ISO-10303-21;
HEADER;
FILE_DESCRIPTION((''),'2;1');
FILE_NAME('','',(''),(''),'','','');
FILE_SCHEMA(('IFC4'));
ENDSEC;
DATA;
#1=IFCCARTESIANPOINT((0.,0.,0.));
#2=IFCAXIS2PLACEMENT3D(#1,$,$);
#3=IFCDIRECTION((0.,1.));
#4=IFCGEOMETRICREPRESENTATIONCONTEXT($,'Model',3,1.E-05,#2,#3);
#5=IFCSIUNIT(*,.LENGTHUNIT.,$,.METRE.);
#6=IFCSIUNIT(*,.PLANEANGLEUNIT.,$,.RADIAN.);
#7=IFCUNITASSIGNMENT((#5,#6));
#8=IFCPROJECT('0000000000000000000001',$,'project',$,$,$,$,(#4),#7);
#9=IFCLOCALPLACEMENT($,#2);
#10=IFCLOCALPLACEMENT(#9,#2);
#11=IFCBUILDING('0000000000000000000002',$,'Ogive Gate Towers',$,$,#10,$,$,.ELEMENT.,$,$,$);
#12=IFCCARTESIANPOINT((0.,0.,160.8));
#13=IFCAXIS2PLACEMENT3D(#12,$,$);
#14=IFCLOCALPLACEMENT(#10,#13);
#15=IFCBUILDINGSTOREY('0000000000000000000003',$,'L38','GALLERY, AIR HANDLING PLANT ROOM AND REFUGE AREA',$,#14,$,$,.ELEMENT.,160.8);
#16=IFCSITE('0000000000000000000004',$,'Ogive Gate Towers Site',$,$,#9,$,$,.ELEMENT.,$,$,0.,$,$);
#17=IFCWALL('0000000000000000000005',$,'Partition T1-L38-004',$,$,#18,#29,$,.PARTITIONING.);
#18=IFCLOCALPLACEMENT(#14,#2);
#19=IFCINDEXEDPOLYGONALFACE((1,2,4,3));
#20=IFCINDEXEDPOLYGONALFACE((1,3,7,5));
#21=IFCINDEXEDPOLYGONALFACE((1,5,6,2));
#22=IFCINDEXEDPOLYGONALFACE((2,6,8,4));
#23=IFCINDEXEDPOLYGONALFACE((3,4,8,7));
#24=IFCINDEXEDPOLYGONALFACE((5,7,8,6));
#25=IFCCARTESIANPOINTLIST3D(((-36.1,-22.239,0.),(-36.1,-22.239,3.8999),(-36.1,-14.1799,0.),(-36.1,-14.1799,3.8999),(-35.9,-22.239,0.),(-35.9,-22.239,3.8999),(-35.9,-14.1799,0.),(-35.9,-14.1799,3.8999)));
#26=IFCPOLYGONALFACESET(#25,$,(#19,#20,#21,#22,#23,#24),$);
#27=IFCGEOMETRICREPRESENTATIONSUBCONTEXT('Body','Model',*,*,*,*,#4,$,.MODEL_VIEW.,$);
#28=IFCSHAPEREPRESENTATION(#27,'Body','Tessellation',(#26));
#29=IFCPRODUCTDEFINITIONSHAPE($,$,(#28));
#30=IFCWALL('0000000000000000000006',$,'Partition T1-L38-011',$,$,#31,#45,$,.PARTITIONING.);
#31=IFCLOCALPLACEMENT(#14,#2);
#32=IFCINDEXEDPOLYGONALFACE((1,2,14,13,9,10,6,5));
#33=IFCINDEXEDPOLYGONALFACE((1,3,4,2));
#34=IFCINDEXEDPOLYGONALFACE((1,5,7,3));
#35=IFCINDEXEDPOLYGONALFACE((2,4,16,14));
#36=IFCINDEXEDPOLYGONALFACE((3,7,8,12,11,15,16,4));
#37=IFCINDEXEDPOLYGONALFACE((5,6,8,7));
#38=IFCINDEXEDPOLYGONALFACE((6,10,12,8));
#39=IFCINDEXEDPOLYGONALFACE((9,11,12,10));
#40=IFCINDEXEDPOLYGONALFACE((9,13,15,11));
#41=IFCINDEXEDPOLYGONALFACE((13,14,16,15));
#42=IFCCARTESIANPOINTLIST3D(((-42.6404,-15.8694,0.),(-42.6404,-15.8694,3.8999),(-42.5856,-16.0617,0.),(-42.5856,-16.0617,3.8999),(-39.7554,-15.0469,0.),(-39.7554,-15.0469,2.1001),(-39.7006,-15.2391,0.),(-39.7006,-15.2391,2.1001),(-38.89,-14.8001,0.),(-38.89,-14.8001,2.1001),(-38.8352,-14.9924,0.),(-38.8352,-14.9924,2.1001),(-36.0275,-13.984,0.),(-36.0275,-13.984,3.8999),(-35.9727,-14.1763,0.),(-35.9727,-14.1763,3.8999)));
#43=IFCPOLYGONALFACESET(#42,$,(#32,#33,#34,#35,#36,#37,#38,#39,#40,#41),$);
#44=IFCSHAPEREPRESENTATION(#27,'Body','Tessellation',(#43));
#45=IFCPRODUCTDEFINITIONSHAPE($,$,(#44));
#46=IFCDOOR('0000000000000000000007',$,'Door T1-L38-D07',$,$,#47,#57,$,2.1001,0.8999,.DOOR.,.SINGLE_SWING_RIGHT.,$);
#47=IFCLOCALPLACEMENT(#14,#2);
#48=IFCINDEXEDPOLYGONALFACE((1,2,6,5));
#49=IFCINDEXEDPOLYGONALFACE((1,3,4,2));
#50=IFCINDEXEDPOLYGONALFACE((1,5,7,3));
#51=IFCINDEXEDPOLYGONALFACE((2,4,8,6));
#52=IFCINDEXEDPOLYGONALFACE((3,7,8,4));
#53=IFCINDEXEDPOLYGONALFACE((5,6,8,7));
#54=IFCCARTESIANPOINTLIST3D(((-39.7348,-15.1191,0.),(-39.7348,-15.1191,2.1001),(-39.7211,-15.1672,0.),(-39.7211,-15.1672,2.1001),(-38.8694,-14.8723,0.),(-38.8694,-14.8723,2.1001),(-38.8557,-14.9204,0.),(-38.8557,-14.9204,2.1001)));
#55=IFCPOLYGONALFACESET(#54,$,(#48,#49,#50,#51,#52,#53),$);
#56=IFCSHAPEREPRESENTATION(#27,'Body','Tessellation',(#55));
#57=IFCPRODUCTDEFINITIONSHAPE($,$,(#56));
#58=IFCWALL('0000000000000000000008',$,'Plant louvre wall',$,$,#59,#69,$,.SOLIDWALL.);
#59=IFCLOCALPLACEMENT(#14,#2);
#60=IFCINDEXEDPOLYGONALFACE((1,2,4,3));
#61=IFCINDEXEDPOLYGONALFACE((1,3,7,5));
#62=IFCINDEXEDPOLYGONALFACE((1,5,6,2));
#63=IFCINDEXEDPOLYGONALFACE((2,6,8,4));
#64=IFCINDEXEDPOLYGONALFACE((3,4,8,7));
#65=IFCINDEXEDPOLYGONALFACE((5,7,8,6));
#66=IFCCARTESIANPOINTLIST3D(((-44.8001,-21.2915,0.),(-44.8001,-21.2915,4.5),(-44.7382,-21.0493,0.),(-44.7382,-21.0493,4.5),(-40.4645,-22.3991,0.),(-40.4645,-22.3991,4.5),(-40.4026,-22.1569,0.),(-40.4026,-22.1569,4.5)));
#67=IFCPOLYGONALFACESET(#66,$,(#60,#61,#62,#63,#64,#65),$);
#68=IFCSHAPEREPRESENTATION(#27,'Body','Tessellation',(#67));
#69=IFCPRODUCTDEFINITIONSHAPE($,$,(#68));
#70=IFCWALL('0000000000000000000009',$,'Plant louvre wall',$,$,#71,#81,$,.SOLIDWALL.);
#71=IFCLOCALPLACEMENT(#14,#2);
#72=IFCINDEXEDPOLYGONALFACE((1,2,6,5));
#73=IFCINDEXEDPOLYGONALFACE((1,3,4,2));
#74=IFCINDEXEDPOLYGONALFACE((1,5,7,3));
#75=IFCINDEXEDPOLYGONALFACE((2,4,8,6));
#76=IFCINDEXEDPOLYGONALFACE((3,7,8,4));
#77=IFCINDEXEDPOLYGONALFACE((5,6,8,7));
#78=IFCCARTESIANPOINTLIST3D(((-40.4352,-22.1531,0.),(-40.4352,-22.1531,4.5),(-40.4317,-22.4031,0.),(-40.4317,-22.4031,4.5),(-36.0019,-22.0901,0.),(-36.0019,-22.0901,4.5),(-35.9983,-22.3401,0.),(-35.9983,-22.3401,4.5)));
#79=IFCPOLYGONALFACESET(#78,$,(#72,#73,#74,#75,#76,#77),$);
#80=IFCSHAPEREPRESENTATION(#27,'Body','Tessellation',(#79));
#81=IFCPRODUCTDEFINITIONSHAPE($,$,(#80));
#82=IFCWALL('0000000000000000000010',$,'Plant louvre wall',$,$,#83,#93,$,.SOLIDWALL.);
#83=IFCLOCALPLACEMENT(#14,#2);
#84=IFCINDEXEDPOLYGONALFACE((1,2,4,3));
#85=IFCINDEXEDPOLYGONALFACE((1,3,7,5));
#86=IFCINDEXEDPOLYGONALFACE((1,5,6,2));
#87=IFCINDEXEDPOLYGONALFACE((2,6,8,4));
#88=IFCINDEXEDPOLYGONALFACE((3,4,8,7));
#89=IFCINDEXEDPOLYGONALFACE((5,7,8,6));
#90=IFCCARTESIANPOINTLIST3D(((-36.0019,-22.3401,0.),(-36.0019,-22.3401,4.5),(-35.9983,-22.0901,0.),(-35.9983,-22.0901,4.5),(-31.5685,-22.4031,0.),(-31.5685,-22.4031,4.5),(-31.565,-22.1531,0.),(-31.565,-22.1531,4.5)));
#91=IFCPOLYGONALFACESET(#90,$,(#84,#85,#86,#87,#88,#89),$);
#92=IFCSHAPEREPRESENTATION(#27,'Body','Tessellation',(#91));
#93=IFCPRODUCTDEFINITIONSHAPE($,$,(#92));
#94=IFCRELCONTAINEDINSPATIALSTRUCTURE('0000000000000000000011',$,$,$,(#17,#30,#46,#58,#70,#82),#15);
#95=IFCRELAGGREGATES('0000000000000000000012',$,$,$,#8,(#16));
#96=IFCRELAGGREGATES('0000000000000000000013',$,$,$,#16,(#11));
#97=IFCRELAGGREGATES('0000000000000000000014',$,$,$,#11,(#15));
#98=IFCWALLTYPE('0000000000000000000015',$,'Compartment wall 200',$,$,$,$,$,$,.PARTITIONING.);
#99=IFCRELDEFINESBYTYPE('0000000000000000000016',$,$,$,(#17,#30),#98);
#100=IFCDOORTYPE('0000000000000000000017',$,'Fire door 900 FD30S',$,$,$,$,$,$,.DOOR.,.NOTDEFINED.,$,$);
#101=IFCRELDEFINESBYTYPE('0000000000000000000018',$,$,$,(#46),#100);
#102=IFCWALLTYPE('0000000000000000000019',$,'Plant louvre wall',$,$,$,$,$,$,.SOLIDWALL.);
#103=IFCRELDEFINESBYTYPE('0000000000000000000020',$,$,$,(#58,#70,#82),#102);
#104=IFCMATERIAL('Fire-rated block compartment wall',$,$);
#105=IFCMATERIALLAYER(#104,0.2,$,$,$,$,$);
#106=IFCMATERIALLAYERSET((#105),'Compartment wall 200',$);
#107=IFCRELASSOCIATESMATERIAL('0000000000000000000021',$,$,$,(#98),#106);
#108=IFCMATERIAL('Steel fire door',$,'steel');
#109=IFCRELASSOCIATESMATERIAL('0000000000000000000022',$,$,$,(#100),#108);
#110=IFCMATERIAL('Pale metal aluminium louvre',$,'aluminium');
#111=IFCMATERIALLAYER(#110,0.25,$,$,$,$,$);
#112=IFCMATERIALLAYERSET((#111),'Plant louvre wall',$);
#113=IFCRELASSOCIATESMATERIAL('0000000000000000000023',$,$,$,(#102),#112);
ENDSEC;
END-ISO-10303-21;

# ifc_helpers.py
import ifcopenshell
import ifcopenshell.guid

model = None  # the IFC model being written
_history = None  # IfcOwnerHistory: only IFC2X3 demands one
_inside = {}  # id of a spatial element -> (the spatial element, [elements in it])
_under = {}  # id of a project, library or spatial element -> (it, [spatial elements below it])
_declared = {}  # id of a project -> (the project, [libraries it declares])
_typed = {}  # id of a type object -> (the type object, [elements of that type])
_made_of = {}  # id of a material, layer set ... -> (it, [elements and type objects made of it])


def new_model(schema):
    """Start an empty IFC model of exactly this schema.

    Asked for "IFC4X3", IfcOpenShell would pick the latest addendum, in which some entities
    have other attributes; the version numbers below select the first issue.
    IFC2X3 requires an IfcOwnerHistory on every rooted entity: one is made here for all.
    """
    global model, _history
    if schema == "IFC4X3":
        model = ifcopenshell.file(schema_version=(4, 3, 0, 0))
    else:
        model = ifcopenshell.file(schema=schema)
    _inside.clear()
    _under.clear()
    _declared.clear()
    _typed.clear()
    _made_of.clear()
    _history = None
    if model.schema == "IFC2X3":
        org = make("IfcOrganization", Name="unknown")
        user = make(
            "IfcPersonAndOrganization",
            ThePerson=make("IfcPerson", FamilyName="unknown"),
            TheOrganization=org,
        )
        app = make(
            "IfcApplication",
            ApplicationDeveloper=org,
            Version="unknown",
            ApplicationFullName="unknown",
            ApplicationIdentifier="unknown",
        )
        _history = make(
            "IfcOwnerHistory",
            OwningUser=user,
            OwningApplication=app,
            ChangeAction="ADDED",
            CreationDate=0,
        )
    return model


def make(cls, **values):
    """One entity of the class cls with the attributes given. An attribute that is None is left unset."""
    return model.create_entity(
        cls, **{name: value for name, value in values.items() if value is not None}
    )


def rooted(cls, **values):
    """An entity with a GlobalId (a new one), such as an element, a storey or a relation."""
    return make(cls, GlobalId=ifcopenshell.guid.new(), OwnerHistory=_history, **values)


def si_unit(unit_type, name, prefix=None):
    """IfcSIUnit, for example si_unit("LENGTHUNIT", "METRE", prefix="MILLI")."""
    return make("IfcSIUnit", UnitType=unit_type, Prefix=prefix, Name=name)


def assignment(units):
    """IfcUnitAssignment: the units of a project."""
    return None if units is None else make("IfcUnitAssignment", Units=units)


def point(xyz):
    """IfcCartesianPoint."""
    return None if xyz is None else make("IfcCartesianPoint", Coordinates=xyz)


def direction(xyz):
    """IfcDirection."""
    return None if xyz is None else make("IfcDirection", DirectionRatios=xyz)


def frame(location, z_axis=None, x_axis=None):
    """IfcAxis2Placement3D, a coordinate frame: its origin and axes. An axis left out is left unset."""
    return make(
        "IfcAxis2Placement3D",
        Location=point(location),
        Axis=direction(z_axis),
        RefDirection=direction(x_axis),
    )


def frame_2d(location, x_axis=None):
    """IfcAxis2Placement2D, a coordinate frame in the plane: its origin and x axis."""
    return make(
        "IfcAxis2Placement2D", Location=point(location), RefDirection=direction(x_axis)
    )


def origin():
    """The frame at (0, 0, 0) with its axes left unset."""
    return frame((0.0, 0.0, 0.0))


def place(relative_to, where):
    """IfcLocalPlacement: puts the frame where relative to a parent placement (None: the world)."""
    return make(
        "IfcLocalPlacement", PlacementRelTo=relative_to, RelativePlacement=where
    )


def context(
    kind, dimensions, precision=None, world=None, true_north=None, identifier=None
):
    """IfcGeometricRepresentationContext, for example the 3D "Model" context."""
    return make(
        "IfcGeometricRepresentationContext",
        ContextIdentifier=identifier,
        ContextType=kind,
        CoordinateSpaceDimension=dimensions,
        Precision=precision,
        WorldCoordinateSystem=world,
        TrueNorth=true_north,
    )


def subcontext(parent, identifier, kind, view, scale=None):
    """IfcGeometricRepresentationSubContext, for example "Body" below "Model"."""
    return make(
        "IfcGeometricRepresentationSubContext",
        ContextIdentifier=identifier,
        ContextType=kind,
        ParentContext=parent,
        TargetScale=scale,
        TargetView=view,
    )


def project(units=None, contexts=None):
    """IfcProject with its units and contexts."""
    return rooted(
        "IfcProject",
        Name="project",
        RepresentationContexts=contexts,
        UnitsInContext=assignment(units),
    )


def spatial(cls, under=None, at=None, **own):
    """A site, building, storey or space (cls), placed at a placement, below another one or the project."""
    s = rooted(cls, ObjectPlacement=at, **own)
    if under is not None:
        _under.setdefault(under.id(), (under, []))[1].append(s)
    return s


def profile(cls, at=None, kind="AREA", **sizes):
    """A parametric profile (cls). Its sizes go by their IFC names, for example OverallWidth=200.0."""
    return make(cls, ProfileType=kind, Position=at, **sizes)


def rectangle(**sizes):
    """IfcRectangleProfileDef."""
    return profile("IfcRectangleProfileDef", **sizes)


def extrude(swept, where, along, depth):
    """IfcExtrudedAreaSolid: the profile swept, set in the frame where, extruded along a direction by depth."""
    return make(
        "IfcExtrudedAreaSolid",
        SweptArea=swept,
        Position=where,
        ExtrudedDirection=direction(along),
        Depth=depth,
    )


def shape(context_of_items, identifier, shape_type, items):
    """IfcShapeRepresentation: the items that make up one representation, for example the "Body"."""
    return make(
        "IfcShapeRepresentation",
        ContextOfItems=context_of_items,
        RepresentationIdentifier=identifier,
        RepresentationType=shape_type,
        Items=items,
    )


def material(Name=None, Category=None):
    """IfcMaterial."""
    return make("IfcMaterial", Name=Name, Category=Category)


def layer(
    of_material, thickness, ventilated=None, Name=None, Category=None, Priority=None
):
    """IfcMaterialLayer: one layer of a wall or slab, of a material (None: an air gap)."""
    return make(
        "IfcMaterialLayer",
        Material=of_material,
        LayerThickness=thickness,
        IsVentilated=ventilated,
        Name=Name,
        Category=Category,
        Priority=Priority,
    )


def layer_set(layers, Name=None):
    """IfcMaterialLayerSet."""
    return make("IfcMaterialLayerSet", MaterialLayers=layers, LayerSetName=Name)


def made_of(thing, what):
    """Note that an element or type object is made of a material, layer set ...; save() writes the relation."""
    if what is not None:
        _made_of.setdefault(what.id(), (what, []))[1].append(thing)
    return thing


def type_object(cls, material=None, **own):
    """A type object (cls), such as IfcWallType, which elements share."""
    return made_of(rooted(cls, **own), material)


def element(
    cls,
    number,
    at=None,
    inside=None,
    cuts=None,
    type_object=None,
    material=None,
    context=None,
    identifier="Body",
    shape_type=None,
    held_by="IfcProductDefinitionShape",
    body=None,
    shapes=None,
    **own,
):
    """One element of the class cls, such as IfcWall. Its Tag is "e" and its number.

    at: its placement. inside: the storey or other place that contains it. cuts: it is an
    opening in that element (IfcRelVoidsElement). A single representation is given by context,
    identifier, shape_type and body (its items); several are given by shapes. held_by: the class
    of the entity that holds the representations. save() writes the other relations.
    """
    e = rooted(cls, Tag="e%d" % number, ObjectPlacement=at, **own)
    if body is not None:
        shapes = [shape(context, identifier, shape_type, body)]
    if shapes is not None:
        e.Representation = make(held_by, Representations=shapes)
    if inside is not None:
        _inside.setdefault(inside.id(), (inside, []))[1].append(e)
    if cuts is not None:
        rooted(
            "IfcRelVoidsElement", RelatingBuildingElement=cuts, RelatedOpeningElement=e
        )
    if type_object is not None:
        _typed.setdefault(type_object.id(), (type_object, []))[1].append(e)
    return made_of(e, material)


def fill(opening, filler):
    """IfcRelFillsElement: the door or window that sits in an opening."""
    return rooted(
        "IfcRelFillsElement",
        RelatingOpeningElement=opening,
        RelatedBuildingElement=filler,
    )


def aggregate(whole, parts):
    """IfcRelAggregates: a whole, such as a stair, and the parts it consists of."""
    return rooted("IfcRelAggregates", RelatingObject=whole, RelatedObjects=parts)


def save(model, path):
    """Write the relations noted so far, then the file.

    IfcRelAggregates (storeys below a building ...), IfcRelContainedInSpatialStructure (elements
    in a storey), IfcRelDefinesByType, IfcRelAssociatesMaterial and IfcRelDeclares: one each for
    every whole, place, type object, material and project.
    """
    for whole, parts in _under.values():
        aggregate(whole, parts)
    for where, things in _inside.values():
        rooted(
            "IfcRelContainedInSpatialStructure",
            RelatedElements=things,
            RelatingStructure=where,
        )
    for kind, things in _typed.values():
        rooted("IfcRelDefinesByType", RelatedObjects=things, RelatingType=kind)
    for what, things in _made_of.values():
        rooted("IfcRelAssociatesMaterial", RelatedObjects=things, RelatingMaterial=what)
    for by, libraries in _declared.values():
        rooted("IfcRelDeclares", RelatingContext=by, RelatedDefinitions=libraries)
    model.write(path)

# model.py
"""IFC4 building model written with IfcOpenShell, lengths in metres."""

from ifc_helpers import new_model, si_unit, direction, frame, frame_2d, origin, place, context, subcontext, project, spatial, rectangle, extrude, material, layer, layer_set, type_object, element, fill, save


model = new_model("IFC4")

# Units and contexts
model_context = context("Model", 3, precision=1e-05, world=origin(), true_north=direction((0.0, 1.0)))
body_context = subcontext(model_context, "Body", "Model", "MODEL_VIEW")
ifc_project = project(units=[si_unit("LENGTHUNIT", "METRE"), si_unit("PLANEANGLEUNIT", "RADIAN")], contexts=[model_context])

# Site, building, storey
site_placement = place(None, origin())
site = spatial("IfcSite", under=ifc_project, at=site_placement, Name="Ogive Gate Towers Site", CompositionType="ELEMENT", RefElevation=0.0)
building_placement = place(site_placement, origin())
building = spatial("IfcBuilding", under=site, at=building_placement, Name="Ogive Gate Towers", CompositionType="ELEMENT")
storey_placement = place(building_placement, frame((0.0, 0.0, 160.8)))
storey = spatial("IfcBuildingStorey", under=building, at=storey_placement, Name="L38", Description="GALLERY, AIR HANDLING PLANT ROOM AND REFUGE AREA", CompositionType="ELEMENT", Elevation=160.8)

# Wall
ifc_material_1 = material(Name="Fire-rated block compartment wall")
ifc_layer_1 = layer(ifc_material_1, 0.2)
ifc_layer_set_1 = layer_set([ifc_layer_1], Name="Compartment wall 200")
wall_type_1 = type_object("IfcWallType", Name="Compartment wall 200", PredefinedType="PARTITIONING", material=ifc_layer_set_1)
wall_1_placement = place(storey_placement, frame((-36.0, -22.239, 0.0), z_axis=(0.0, 0.0, 1.0), x_axis=(0.0, 1.0, 0.0)))
element("IfcWall", 1, at=wall_1_placement, inside=storey, type_object=wall_type_1, Name="Partition T1-L38-004", PredefinedType="PARTITIONING", context=body_context, shape_type="SweptSolid", body=[
    extrude(rectangle(XDim=8.0591, YDim=0.2, at=frame_2d((4.0295, 0.0))), origin(), (0.0, 0.0, 1.0), 3.8999),
])

# Wall, opening, door
wall_2_placement = place(storey_placement, frame((-42.613, -15.9656, 0.0), z_axis=(0.0, 0.0, 1.0), x_axis=(0.961675, 0.274191, 0.0)))
wall_2 = element("IfcWall", 2, at=wall_2_placement, inside=storey, type_object=wall_type_1, Name="Partition T1-L38-011", PredefinedType="PARTITIONING", context=body_context, shape_type="SweptSolid", body=[
    extrude(rectangle(XDim=6.8765, YDim=0.2, at=frame_2d((3.4382, 0.0))), origin(), (0.0, 0.0, 1.0), 3.8999),
])
opening_placement = place(wall_2_placement, frame((3.0, 0.0, 0.0)))
opening = element("IfcOpeningElement", 3, at=opening_placement, cuts=wall_2, PredefinedType="OPENING", context=body_context, shape_type="SweptSolid", body=[
    extrude(rectangle(XDim=0.8999, YDim=2.1001, at=frame_2d((0.45, 1.05))), frame((0.0, 0.1099, 0.0), z_axis=(0.0, -1.0, 0.0), x_axis=(1.0, 0.0, 0.0)), (0.0, 0.0, 1.0), 0.22),
])
ifc_material_2 = material(Name="Steel fire door", Category="steel")
door_type = type_object("IfcDoorType", Name="Fire door 900 FD30S", OperationType="NOTDEFINED", PredefinedType="DOOR", material=ifc_material_2)
door_placement = place(opening_placement, origin())
door = element("IfcDoor", 4, at=door_placement, inside=storey, type_object=door_type, Name="Door T1-L38-D07", OperationType="SINGLE_SWING_RIGHT", OverallHeight=2.1001, OverallWidth=0.8999, PredefinedType="DOOR", context=body_context, shape_type="SweptSolid", body=[
    extrude(rectangle(XDim=0.8999, YDim=2.1001, at=frame_2d((0.45, 1.05))), frame((0.0, 0.0249, 0.0), z_axis=(0.0, -1.0, 0.0), x_axis=(1.0, 0.0, 0.0)), (0.0, 0.0, 1.0), 0.05),
])
fill(opening, door)

# Walls
ifc_material_3 = material(Name="Pale metal aluminium louvre", Category="aluminium")
ifc_layer_2 = layer(ifc_material_3, 0.25)
ifc_layer_set_2 = layer_set([ifc_layer_2], Name="Plant louvre wall")
wall_type_2 = type_object("IfcWallType", Name="Plant louvre wall", PredefinedType="SOLIDWALL", material=ifc_layer_set_2)
wall_3_placement = place(storey_placement, frame((-44.769, -21.1704, 0.0), z_axis=(0.0, 0.0, 1.0), x_axis=(0.968881, -0.247526, 0.0)))
element("IfcWall", 5, at=wall_3_placement, inside=storey, type_object=wall_type_2, Name="Plant louvre wall", PredefinedType="SOLIDWALL", context=body_context, shape_type="SweptSolid", body=[
    extrude(rectangle(XDim=4.4749, YDim=0.25, at=frame_2d((2.2373, 0.0))), origin(), (0.0, 0.0, 1.0), 4.5),
])
for number, where, z_axis, x_axis, name in (
    (6, (-40.4333, -22.2781, 0.0), (0.0, 0.0, 1.0), (0.999899, 0.014206, 0.0), "Plant louvre wall"),
    (7, (-36.0, -22.2151, 0.0), (0.0, 0.0, 1.0), (0.999899, -0.014206, 0.0), "Plant louvre wall"),
):
    element("IfcWall", number, at=place(storey_placement, frame(where, z_axis=z_axis, x_axis=x_axis)), inside=storey, type_object=wall_type_2, Name=name, PredefinedType="SOLIDWALL", context=body_context, shape_type="SweptSolid", body=[
        extrude(rectangle(XDim=4.4338, YDim=0.25, at=frame_2d((2.2168, 0.0))), origin(), (0.0, 0.0, 1.0), 4.5),
    ])

save(model, "model.ifc")
